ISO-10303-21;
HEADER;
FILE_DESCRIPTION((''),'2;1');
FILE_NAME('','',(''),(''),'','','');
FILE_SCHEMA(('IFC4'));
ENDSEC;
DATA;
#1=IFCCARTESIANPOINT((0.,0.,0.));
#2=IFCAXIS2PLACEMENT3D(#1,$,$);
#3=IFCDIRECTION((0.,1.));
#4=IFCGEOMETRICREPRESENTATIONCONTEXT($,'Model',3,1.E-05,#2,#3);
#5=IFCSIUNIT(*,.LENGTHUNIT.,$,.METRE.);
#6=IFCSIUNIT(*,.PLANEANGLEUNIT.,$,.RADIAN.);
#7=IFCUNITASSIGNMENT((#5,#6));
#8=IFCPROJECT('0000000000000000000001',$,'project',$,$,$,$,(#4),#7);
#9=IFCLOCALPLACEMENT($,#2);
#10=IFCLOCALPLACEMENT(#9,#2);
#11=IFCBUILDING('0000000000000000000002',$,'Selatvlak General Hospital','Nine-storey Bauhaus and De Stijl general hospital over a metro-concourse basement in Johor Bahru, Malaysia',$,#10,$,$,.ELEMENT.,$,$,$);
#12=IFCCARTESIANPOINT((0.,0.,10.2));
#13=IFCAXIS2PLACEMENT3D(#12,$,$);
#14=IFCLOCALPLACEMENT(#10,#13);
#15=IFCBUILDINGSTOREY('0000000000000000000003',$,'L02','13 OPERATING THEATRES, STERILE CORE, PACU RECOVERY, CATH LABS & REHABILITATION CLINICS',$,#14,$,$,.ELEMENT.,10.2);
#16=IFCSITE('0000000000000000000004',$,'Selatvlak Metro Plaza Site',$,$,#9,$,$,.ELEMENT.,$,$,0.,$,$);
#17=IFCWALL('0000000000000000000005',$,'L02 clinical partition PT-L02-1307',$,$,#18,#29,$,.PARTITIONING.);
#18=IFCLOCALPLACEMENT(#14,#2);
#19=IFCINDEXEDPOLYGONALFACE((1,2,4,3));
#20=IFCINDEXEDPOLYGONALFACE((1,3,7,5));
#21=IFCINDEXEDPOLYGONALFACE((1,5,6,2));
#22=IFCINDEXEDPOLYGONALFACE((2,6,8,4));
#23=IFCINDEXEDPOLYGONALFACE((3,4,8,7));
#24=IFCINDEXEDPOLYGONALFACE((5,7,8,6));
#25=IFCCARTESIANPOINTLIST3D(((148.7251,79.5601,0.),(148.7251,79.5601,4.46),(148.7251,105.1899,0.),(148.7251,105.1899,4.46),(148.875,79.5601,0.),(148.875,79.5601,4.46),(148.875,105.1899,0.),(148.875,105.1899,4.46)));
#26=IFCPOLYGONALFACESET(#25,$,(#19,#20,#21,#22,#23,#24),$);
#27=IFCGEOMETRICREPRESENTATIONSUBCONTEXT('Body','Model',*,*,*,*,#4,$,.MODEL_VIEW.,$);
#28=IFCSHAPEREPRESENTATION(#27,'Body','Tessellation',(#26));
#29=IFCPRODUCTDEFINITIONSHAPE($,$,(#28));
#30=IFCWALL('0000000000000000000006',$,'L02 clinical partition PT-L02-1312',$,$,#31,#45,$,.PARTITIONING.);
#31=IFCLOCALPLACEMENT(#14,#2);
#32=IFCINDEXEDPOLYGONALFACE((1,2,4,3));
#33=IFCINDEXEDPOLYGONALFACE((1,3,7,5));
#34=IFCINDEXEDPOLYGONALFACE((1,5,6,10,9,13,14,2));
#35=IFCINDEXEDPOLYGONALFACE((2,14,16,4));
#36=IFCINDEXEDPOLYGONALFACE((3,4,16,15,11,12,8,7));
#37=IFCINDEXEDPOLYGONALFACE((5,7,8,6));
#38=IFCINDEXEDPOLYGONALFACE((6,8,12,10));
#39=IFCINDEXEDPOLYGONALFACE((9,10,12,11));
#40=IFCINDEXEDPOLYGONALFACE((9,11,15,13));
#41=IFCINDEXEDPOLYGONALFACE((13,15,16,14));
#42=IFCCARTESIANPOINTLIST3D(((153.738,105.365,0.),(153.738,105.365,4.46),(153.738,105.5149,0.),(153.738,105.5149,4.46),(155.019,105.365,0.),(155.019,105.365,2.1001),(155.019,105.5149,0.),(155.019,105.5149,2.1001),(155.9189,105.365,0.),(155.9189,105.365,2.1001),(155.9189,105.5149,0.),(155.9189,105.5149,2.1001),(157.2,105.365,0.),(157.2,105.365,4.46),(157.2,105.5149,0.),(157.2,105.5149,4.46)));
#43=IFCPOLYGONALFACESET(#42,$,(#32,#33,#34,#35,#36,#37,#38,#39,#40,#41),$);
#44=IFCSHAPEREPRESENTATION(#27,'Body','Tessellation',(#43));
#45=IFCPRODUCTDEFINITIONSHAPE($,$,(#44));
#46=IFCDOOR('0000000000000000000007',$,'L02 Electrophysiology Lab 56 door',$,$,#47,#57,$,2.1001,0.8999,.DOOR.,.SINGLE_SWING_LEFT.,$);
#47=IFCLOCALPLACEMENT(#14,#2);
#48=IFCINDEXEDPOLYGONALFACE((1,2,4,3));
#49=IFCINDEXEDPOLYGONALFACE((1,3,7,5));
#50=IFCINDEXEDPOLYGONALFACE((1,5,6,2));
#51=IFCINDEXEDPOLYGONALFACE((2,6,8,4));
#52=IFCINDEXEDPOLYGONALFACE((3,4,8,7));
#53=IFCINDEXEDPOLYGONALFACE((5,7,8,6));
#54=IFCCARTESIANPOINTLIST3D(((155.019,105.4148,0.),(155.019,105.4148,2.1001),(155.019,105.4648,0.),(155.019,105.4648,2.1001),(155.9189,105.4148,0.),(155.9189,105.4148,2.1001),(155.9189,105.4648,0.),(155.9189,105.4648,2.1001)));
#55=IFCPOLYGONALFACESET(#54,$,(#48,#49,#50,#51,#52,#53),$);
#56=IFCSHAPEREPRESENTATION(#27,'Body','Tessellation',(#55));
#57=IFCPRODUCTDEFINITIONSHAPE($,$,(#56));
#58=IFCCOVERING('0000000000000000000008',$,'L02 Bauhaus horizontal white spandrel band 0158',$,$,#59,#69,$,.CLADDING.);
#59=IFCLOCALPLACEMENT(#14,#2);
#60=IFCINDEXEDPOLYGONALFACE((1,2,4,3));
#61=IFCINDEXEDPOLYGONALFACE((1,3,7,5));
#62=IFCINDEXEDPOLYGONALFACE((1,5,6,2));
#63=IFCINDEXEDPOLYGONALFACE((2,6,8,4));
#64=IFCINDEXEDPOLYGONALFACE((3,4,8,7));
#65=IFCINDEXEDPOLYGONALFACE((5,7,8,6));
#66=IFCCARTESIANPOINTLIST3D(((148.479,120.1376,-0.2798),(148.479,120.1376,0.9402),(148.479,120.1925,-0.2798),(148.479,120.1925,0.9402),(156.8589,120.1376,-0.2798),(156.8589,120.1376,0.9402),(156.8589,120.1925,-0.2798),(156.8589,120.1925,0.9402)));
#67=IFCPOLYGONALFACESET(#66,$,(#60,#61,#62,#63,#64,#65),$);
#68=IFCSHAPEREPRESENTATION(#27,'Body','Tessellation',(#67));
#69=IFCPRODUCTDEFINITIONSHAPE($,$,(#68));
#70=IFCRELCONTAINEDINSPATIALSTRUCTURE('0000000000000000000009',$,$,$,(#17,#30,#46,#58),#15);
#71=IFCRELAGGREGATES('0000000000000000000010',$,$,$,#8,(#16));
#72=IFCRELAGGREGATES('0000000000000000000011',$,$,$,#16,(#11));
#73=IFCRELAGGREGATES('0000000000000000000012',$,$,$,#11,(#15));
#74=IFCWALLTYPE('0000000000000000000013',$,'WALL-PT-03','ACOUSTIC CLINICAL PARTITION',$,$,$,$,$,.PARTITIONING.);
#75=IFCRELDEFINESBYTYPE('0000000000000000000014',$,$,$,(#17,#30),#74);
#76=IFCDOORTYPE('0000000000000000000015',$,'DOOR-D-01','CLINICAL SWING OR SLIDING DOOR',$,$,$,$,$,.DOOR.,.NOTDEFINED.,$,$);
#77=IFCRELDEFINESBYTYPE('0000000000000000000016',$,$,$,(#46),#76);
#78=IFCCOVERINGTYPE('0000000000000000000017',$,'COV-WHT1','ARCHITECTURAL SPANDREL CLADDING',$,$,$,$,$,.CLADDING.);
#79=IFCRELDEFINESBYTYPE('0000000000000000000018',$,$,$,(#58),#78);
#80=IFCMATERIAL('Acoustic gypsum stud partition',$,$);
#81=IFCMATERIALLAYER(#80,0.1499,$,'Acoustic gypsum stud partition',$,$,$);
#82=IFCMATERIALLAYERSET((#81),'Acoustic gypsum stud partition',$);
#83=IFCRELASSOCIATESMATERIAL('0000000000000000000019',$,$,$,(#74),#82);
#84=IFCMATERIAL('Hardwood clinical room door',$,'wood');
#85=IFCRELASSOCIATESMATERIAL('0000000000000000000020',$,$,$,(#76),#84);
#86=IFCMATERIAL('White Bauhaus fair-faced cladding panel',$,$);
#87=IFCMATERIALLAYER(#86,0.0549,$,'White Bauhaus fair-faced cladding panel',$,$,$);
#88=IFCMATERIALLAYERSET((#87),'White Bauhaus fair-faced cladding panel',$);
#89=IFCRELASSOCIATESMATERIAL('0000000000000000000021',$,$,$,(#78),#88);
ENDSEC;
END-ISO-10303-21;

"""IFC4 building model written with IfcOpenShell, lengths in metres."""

from ifc_helpers import new_model, si_unit, direction, frame, frame_2d, origin, origin_2d, place, context, subcontext, project, spatial, rectangle, extrude, material, layer, layer_set, type_object, element, fill, save


model = new_model("IFC4")

# Units and contexts
model_context = context("Model", 3, precision=1e-05, world=origin(), true_north=direction((0.0, 1.0)))
body_context = subcontext(model_context, "Body", "Model", "MODEL_VIEW")
ifc_project = project(units=[si_unit("LENGTHUNIT", "METRE"), si_unit("PLANEANGLEUNIT", "RADIAN")], contexts=[model_context])

# Site, building, storey
site_placement = place(None, origin())
site = spatial("IfcSite", under=ifc_project, at=site_placement, Name="Selatvlak Metro Plaza Site", CompositionType="ELEMENT", RefElevation=0.0)
building_placement = place(site_placement, origin())
building = spatial("IfcBuilding", under=site, at=building_placement, Name="Selatvlak General Hospital", Description="Nine-storey Bauhaus and De Stijl general hospital over a metro-concourse basement in Johor Bahru, Malaysia", CompositionType="ELEMENT")
storey_placement = place(building_placement, frame((0.0, 0.0, 10.2)))
storey = spatial("IfcBuildingStorey", under=building, at=storey_placement, Name="L02", Description="13 OPERATING THEATRES, STERILE CORE, PACU RECOVERY, CATH LABS & REHABILITATION CLINICS", CompositionType="ELEMENT", Elevation=10.2)

# Shared definitions
ifc_material_1 = material(Name="Acoustic gypsum stud partition")

# Wall
ifc_layer_1 = layer(ifc_material_1, 0.1499, Name="Acoustic gypsum stud partition")
ifc_layer_set_1 = layer_set([ifc_layer_1], Name="Acoustic gypsum stud partition")
wall_type_1 = type_object("IfcWallType", Name="WALL-PT-03", Description="ACOUSTIC CLINICAL PARTITION", PredefinedType="PARTITIONING", material=ifc_layer_set_1)
wall_1_placement = place(storey_placement, frame((148.8, 105.1899, 0.0), z_axis=(0.0, 0.0, 1.0), x_axis=(0.0, -1.0, 0.0)))
element("IfcWall", 1, at=wall_1_placement, inside=storey, type_object=wall_type_1, Name="L02 clinical partition PT-L02-1307", PredefinedType="PARTITIONING", context=body_context, shape_type="SweptSolid", body=[
    extrude(rectangle(XDim=25.6299, YDim=0.1499, at=frame_2d((12.8149, 0.0))), origin(), (0.0, 0.0, 1.0), 4.46),
])

# Wall, opening, door
wall_2_placement = place(storey_placement, frame((153.738, 105.4399, 0.0), z_axis=(0.0, 0.0, 1.0), x_axis=(1.0, 0.0, 0.0)))
wall_2 = element("IfcWall", 2, at=wall_2_placement, inside=storey, type_object=wall_type_1, Name="L02 clinical partition PT-L02-1312", PredefinedType="PARTITIONING", context=body_context, shape_type="SweptSolid", body=[
    extrude(rectangle(XDim=3.4619, YDim=0.1499, at=frame_2d((1.731, 0.0))), origin(), (0.0, 0.0, 1.0), 4.46),
])
opening_1_placement = place(wall_2_placement, frame((1.281, 0.0, 0.0)))
opening_1 = element("IfcOpeningElement", 3, at=opening_1_placement, cuts=wall_2, PredefinedType="OPENING", context=body_context, shape_type="SweptSolid", body=[
    extrude(rectangle(XDim=0.8999, YDim=2.1001, at=frame_2d((0.45, 1.05))), frame((0.0, 0.085, 0.0), z_axis=(0.0, -1.0, 0.0), x_axis=(1.0, 0.0, 0.0)), (0.0, 0.0, 1.0), 0.1699),
])
ifc_material_2 = material(Name="Hardwood clinical room door", Category="wood")
door_type_1 = type_object("IfcDoorType", Name="DOOR-D-01", Description="CLINICAL SWING OR SLIDING DOOR", OperationType="NOTDEFINED", PredefinedType="DOOR", material=ifc_material_2)
door_1_placement = place(opening_1_placement, origin())
door_1 = element("IfcDoor", 4, at=door_1_placement, inside=storey, type_object=door_type_1, Name="L02 Electrophysiology Lab 56 door", OperationType="SINGLE_SWING_LEFT", OverallHeight=2.1001, OverallWidth=0.8999, PredefinedType="DOOR", context=body_context, shape_type="SweptSolid", body=[
    extrude(rectangle(XDim=0.8999, YDim=2.1001, at=frame_2d((0.45, 1.05))), frame((0.0, 0.0249, 0.0), z_axis=(0.0, -1.0, 0.0), x_axis=(1.0, 0.0, 0.0)), (0.0, 0.0, 1.0), 0.05),
])
fill(opening_1, door_1)

# Covering
ifc_material_3 = material(Name="White Bauhaus fair-faced cladding panel")
ifc_layer_2 = layer(ifc_material_3, 0.0549, Name="White Bauhaus fair-faced cladding panel")
ifc_layer_set_2 = layer_set([ifc_layer_2], Name="White Bauhaus fair-faced cladding panel")
covering_type = type_object("IfcCoveringType", Name="COV-WHT1", Description="ARCHITECTURAL SPANDREL CLADDING", PredefinedType="CLADDING", material=ifc_layer_set_2)
covering_placement = place(storey_placement, frame((152.6689, 120.165, -0.2798), z_axis=(0.0, 0.0, 1.0), x_axis=(1.0, 0.0, 0.0)))
element("IfcCovering", 5, at=covering_placement, inside=storey, type_object=covering_type, Name="L02 Bauhaus horizontal white spandrel band 0158", PredefinedType="CLADDING", context=body_context, shape_type="SweptSolid", body=[
    extrude(rectangle(XDim=8.3799, YDim=0.0549, at=origin_2d()), origin(), (0.0, 0.0, 1.0), 1.22),
])

save(model, "model.ifc")
